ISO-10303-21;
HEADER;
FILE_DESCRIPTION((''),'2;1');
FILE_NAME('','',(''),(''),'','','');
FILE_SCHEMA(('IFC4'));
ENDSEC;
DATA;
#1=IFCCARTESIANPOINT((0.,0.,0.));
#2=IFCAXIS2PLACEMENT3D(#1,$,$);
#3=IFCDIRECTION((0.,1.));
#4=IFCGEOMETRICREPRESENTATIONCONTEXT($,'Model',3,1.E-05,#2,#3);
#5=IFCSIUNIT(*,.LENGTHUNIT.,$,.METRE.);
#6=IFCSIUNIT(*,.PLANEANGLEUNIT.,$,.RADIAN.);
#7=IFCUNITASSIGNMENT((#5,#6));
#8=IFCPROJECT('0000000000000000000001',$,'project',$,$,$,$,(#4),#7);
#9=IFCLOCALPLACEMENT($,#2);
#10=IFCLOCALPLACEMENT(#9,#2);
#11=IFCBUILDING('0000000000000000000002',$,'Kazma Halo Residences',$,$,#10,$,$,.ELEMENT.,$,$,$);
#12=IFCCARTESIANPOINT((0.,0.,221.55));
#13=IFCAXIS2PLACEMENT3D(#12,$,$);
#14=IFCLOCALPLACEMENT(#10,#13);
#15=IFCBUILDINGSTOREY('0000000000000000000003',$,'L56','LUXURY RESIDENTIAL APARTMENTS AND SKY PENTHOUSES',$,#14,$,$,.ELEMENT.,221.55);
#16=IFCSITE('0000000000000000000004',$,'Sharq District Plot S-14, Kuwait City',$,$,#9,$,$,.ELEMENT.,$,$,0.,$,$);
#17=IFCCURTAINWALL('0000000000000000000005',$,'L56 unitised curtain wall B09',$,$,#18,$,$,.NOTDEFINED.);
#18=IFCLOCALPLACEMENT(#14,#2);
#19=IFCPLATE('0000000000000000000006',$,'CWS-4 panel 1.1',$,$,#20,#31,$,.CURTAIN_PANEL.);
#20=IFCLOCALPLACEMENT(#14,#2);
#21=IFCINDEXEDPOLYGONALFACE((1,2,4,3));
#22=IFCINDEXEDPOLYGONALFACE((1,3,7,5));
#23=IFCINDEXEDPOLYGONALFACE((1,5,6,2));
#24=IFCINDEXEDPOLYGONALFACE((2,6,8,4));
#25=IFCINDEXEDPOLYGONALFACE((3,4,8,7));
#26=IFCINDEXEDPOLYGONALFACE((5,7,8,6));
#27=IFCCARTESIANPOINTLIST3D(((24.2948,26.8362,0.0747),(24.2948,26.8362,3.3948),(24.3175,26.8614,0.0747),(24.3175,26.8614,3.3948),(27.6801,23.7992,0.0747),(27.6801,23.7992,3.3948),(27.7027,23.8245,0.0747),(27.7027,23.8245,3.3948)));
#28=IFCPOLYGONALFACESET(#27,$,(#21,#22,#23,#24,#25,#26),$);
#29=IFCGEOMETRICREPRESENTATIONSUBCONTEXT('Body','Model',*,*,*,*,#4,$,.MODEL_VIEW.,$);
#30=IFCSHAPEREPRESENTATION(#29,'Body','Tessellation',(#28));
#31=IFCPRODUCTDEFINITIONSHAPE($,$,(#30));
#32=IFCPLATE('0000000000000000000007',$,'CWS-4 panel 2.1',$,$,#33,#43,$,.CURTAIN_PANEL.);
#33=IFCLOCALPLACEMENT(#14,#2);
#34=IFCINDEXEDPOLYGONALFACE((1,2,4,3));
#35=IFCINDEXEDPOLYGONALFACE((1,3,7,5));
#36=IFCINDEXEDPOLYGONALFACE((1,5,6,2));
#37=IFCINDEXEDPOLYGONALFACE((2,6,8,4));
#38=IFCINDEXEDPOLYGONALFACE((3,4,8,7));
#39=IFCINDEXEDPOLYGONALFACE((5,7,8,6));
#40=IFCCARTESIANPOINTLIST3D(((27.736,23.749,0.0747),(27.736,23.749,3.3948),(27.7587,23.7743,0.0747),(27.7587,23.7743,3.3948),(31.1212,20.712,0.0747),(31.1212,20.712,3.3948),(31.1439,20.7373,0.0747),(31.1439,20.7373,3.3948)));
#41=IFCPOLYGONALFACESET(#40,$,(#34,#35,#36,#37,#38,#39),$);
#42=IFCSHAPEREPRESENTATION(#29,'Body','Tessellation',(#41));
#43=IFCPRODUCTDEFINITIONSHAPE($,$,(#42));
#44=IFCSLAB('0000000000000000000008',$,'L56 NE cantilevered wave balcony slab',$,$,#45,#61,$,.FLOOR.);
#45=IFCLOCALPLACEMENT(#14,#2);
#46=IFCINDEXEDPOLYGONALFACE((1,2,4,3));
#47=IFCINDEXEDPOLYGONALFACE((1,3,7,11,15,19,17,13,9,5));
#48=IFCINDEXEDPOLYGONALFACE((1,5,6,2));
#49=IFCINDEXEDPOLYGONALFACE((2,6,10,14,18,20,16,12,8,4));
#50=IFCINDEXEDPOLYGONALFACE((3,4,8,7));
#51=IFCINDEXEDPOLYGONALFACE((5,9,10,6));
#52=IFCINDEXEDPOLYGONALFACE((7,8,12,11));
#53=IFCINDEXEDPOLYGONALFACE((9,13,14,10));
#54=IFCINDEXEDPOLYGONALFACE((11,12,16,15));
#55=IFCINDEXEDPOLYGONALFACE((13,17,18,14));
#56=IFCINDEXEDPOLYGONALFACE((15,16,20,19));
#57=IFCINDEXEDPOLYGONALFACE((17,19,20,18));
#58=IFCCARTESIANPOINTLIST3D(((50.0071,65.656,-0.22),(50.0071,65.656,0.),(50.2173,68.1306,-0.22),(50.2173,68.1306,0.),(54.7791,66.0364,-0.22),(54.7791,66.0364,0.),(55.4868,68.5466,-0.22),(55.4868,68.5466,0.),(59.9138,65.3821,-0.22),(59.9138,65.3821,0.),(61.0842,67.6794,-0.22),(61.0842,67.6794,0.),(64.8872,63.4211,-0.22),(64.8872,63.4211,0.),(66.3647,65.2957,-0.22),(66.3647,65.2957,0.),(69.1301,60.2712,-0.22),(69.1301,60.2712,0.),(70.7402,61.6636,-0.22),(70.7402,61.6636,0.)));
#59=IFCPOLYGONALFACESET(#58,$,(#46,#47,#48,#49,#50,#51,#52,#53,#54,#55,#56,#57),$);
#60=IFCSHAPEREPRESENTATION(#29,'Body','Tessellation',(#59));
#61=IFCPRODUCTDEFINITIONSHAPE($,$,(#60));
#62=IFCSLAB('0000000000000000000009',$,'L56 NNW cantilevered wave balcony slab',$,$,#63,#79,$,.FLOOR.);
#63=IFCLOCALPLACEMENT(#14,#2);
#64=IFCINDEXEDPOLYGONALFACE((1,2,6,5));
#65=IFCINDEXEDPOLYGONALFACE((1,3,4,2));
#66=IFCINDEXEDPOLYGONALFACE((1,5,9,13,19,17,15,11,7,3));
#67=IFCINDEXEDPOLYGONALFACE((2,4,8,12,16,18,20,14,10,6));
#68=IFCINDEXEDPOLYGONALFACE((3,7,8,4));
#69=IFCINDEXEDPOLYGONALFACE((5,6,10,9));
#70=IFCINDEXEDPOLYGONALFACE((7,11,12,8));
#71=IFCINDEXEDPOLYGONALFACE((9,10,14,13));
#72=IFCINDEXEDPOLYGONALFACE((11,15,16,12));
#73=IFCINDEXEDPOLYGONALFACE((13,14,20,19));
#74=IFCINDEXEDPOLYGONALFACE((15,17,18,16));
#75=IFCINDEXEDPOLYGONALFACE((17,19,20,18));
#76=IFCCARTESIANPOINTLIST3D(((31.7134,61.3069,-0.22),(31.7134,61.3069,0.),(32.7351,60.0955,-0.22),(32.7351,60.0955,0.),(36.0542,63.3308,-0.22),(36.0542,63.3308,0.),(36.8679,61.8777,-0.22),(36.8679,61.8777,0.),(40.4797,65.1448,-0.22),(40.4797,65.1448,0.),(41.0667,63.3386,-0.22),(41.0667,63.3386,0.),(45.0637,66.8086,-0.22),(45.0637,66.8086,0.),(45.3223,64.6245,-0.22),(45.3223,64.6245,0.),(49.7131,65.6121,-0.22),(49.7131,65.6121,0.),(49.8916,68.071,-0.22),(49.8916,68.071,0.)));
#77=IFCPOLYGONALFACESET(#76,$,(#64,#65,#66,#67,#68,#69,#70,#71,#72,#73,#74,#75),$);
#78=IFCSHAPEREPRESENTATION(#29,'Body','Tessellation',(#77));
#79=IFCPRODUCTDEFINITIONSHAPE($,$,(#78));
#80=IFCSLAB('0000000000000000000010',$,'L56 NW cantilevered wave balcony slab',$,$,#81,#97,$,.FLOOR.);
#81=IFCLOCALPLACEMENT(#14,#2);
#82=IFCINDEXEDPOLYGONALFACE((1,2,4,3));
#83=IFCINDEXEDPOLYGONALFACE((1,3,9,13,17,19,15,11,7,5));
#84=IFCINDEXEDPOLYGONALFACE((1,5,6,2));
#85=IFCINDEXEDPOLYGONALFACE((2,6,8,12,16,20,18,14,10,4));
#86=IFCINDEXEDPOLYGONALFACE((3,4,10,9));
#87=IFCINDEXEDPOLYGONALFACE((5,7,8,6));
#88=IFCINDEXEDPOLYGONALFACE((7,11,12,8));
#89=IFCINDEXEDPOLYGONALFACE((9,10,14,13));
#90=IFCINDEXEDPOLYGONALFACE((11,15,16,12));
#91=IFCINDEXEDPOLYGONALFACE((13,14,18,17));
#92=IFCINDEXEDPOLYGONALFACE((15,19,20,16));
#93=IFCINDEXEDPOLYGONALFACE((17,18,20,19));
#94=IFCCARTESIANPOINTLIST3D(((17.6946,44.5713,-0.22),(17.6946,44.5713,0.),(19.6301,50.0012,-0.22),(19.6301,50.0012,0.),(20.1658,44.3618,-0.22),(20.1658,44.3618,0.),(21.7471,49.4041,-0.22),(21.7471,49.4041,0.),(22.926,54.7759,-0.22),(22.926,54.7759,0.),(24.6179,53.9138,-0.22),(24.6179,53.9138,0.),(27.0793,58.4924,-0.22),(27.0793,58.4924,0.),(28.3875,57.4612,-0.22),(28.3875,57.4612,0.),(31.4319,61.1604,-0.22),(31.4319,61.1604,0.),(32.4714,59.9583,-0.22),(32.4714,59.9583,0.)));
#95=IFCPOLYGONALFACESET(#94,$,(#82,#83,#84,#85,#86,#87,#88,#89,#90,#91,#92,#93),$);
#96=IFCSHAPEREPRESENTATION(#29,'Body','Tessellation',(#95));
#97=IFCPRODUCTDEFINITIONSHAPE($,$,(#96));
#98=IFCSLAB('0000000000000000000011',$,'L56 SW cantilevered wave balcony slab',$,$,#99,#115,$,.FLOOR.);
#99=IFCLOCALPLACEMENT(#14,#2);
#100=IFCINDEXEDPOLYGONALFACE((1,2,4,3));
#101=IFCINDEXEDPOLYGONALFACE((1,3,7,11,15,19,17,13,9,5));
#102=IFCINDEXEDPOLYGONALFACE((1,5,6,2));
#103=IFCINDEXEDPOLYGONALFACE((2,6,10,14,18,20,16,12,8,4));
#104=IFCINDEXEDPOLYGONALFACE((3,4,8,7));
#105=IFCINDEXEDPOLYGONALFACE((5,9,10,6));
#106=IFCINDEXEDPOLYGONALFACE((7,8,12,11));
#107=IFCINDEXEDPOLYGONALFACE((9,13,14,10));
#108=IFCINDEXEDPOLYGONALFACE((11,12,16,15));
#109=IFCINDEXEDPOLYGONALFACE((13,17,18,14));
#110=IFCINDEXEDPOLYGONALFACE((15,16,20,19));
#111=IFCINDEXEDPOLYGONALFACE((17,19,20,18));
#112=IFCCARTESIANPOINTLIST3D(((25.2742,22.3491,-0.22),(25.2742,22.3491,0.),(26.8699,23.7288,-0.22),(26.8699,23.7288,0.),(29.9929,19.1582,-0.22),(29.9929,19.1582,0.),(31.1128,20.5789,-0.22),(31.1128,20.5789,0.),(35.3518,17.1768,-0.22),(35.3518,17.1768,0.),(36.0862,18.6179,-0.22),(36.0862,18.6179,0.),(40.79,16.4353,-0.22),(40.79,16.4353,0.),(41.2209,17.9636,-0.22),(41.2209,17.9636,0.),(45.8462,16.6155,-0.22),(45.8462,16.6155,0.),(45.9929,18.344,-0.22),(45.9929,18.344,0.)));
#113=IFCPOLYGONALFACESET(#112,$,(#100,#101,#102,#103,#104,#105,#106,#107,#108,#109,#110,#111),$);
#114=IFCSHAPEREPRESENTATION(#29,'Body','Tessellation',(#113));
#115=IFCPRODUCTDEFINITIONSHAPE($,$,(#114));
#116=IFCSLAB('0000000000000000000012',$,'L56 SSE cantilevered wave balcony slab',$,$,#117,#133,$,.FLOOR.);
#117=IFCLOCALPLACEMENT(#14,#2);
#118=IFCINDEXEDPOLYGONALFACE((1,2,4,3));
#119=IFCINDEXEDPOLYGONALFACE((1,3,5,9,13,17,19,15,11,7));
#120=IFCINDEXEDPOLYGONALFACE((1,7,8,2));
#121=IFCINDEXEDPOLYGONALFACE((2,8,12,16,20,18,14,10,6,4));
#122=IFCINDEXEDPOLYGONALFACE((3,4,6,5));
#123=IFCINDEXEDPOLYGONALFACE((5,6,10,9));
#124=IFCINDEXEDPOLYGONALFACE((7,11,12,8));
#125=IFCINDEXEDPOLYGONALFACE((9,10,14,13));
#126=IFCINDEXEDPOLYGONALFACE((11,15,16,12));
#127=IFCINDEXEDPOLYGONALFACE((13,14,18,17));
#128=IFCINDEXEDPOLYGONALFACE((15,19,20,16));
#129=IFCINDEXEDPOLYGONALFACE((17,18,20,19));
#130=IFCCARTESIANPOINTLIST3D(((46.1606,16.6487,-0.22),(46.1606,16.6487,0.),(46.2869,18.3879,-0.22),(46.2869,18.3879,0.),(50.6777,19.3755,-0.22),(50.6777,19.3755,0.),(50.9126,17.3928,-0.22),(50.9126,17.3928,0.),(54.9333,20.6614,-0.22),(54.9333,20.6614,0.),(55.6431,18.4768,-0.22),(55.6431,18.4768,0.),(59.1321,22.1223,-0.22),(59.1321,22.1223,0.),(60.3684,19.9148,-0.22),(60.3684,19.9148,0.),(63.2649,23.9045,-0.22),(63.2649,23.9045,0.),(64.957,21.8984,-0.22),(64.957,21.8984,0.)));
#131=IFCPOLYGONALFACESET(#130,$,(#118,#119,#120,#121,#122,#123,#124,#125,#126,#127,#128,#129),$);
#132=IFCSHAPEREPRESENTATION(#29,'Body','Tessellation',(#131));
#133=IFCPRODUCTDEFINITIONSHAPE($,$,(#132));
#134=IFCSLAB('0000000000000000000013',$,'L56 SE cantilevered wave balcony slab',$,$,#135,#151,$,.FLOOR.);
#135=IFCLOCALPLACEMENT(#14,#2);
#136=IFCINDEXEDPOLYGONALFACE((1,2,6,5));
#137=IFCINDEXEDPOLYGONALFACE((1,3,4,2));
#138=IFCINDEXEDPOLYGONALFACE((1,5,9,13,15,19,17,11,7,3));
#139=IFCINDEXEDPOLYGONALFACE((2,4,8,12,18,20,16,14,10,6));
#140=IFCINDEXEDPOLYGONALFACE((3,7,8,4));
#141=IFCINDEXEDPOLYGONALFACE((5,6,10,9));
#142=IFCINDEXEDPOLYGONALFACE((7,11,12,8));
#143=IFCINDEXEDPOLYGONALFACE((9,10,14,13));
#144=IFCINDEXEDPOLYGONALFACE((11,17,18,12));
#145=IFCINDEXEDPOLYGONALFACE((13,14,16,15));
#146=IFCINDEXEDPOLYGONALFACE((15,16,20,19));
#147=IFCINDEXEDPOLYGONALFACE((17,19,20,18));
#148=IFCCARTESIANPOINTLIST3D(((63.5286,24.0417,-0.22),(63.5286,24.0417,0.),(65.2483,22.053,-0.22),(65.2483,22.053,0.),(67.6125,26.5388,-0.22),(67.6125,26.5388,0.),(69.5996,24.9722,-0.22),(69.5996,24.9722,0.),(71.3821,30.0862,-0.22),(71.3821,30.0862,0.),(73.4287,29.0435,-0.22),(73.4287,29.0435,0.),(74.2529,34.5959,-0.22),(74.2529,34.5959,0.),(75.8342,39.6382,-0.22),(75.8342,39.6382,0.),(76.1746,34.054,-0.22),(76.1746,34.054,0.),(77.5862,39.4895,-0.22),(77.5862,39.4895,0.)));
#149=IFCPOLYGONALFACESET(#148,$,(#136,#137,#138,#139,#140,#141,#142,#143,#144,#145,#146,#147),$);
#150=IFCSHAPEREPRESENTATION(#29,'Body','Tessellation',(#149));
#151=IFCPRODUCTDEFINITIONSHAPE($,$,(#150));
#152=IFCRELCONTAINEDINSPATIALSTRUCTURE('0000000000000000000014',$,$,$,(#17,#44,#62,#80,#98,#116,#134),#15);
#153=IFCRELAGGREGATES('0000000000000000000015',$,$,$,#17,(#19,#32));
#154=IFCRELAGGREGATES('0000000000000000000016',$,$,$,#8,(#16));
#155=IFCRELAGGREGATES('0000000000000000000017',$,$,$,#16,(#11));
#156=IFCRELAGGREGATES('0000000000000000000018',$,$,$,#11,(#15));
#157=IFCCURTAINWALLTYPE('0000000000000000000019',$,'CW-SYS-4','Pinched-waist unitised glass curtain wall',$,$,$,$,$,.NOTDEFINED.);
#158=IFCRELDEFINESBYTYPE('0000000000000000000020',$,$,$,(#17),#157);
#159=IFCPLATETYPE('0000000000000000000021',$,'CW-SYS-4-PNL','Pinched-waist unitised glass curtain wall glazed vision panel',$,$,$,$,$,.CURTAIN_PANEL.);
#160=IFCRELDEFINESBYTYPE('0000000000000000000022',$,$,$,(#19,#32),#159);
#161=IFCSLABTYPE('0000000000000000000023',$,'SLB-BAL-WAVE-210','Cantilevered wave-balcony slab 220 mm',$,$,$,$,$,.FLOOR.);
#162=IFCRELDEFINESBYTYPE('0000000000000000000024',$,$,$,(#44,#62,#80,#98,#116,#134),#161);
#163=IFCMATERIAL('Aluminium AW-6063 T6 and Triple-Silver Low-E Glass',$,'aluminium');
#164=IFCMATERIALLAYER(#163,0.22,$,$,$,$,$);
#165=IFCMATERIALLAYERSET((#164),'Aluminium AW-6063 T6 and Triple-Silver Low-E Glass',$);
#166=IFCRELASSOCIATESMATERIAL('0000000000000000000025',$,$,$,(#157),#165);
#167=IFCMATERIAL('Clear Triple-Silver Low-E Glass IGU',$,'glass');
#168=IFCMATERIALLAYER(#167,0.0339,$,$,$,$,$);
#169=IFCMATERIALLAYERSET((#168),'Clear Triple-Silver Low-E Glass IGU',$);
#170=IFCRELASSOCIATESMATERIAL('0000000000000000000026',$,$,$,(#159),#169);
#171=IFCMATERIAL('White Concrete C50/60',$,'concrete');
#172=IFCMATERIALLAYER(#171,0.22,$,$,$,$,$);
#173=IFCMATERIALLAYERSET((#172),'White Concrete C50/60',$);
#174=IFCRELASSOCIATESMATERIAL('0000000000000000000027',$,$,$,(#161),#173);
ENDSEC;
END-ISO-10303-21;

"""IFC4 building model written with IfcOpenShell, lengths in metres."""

from ifc_helpers import new_model, si_unit, direction, frame, origin, origin_2d, place, context, subcontext, project, spatial, polyline, rectangle, outline, extrude, material, layer, layer_set, type_object, element, aggregate, save


model = new_model("IFC4")

# Units and contexts
model_context = context("Model", 3, precision=1e-05, world=origin(), true_north=direction((0.0, 1.0)))
body_context = subcontext(model_context, "Body", "Model", "MODEL_VIEW")
ifc_project = project(units=[si_unit("LENGTHUNIT", "METRE"), si_unit("PLANEANGLEUNIT", "RADIAN")], contexts=[model_context])

# Site, building, storey
site_placement = place(None, origin())
site = spatial("IfcSite", under=ifc_project, at=site_placement, Name="Sharq District Plot S-14, Kuwait City", CompositionType="ELEMENT", RefElevation=0.0)
building_placement = place(site_placement, origin())
building = spatial("IfcBuilding", under=site, at=building_placement, Name="Kazma Halo Residences", CompositionType="ELEMENT")
storey_placement = place(building_placement, frame((0.0, 0.0, 221.55)))
storey = spatial("IfcBuildingStorey", under=building, at=storey_placement, Name="L56", Description="LUXURY RESIDENTIAL APARTMENTS AND SKY PENTHOUSES", CompositionType="ELEMENT", Elevation=221.55)

# Curtain wall, plates
ifc_material_1 = material(Name="Aluminium AW-6063 T6 and Triple-Silver Low-E Glass", Category="aluminium")
ifc_layer_1 = layer(ifc_material_1, 0.22)
ifc_layer_set_1 = layer_set([ifc_layer_1], Name="Aluminium AW-6063 T6 and Triple-Silver Low-E Glass")
curtain_wall_type = type_object("IfcCurtainWallType", Name="CW-SYS-4", Description="Pinched-waist unitised glass curtain wall", PredefinedType="NOTDEFINED", material=ifc_layer_set_1)
curtain_wall_placement = place(storey_placement, origin())
curtain_wall = element("IfcCurtainWall", 1, at=curtain_wall_placement, inside=storey, type_object=curtain_wall_type, Name="L56 unitised curtain wall B09", PredefinedType="NOTDEFINED")
ifc_material_2 = material(Name="Clear Triple-Silver Low-E Glass IGU", Category="glass")
ifc_layer_2 = layer(ifc_material_2, 0.0339)
ifc_layer_set_2 = layer_set([ifc_layer_2], Name="Clear Triple-Silver Low-E Glass IGU")
plate_type = type_object("IfcPlateType", Name="CW-SYS-4-PNL", Description="Pinched-waist unitised glass curtain wall glazed vision panel", PredefinedType="CURTAIN_PANEL", material=ifc_layer_set_2)
plate_1_placement = place(storey_placement, frame((25.9988, 25.3303, 0.0747), z_axis=(0.0, 0.0, 1.0), x_axis=(0.744355, -0.667784, 0.0)))
plate_1 = element("IfcPlate", 2, at=plate_1_placement, type_object=plate_type, Name="CWS-4 panel 1.1", PredefinedType="CURTAIN_PANEL", context=body_context, shape_type="SweptSolid", body=[
    extrude(rectangle(XDim=4.5479, YDim=0.0339, at=origin_2d()), origin(), (0.0, 0.0, 1.0), 3.3201),
])
plate_2_placement = place(storey_placement, frame((29.4399, 22.2432, 0.0747), z_axis=(0.0, 0.0, 1.0), x_axis=(0.744355, -0.667784, 0.0)))
plate_2 = element("IfcPlate", 3, at=plate_2_placement, type_object=plate_type, Name="CWS-4 panel 2.1", PredefinedType="CURTAIN_PANEL", context=body_context, shape_type="SweptSolid", body=[
    extrude(rectangle(XDim=4.5479, YDim=0.0339, at=origin_2d()), origin(), (0.0, 0.0, 1.0), 3.3201),
])
aggregate(curtain_wall, [plate_1, plate_2])

# Slabs
ifc_material_3 = material(Name="White Concrete C50/60", Category="concrete")
ifc_layer_3 = layer(ifc_material_3, 0.22)
ifc_layer_set_3 = layer_set([ifc_layer_3], Name="White Concrete C50/60")
slab_type_1 = type_object("IfcSlabType", Name="SLB-BAL-WAVE-210", Description="Cantilevered wave-balcony slab 220 mm", PredefinedType="FLOOR", material=ifc_layer_set_3)
slab_1_placement = place(storey_placement, frame((0.0, 0.0, -0.22)))
element("IfcSlab", 4, at=slab_1_placement, inside=storey, type_object=slab_type_1, Name="L56 NE cantilevered wave balcony slab", PredefinedType="FLOOR", context=body_context, shape_type="SweptSolid", body=[
    extrude(outline(polyline([(69.1301, 60.2712), (64.8872, 63.4211), (59.9138, 65.3821), (54.7791, 66.0364), (50.0071, 65.656), (50.2173, 68.1306), (55.4868, 68.5466), (61.0842, 67.6794), (66.3647, 65.2957), (70.7402, 61.6636), (69.1301, 60.2712)])), origin(), (0.0, 0.0, 1.0), 0.22),
])
slab_2_placement = place(storey_placement, frame((0.0, 0.0, -0.22)))
element("IfcSlab", 5, at=slab_2_placement, inside=storey, type_object=slab_type_1, Name="L56 NNW cantilevered wave balcony slab", PredefinedType="FLOOR", context=body_context, shape_type="SweptSolid", body=[
    extrude(outline(polyline([(49.7131, 65.6121), (45.3223, 64.6245), (41.0667, 63.3386), (36.8679, 61.8777), (32.7351, 60.0955), (31.7134, 61.3069), (36.0542, 63.3308), (40.4797, 65.1448), (45.0637, 66.8086), (49.8916, 68.071), (49.7131, 65.6121)])), origin(), (0.0, 0.0, 1.0), 0.22),
])
slab_3_placement = place(storey_placement, frame((0.0, 0.0, -0.22)))
element("IfcSlab", 6, at=slab_3_placement, inside=storey, type_object=slab_type_1, Name="L56 NW cantilevered wave balcony slab", PredefinedType="FLOOR", context=body_context, shape_type="SweptSolid", body=[
    extrude(outline(polyline([(32.4714, 59.9583), (28.3875, 57.4612), (24.6179, 53.9138), (21.7471, 49.4041), (20.1658, 44.3618), (17.6946, 44.5713), (19.6301, 50.0012), (22.926, 54.7759), (27.0793, 58.4924), (31.4319, 61.1604), (32.4714, 59.9583)])), origin(), (0.0, 0.0, 1.0), 0.22),
])
slab_4_placement = place(storey_placement, frame((0.0, 0.0, -0.22)))
element("IfcSlab", 7, at=slab_4_placement, inside=storey, type_object=slab_type_1, Name="L56 SW cantilevered wave balcony slab", PredefinedType="FLOOR", context=body_context, shape_type="SweptSolid", body=[
    extrude(outline(polyline([(26.8699, 23.7288), (31.1128, 20.5789), (36.0862, 18.6179), (41.2209, 17.9636), (45.9929, 18.344), (45.8462, 16.6155), (40.79, 16.4353), (35.3518, 17.1768), (29.9929, 19.1582), (25.2742, 22.3491), (26.8699, 23.7288)])), origin(), (0.0, 0.0, 1.0), 0.22),
])
slab_5_placement = place(storey_placement, frame((0.0, 0.0, -0.22)))
element("IfcSlab", 8, at=slab_5_placement, inside=storey, type_object=slab_type_1, Name="L56 SSE cantilevered wave balcony slab", PredefinedType="FLOOR", context=body_context, shape_type="SweptSolid", body=[
    extrude(outline(polyline([(46.2869, 18.3879), (50.6777, 19.3755), (54.9333, 20.6614), (59.1321, 22.1223), (63.2649, 23.9045), (64.957, 21.8984), (60.3684, 19.9148), (55.6431, 18.4768), (50.9126, 17.3928), (46.1606, 16.6487), (46.2869, 18.3879)])), origin(), (0.0, 0.0, 1.0), 0.22),
])
slab_6_placement = place(storey_placement, frame((0.0, 0.0, -0.22)))
element("IfcSlab", 9, at=slab_6_placement, inside=storey, type_object=slab_type_1, Name="L56 SE cantilevered wave balcony slab", PredefinedType="FLOOR", context=body_context, shape_type="SweptSolid", body=[
    extrude(outline(polyline([(63.5286, 24.0417), (67.6125, 26.5388), (71.3821, 30.0862), (74.2529, 34.5959), (75.8342, 39.6382), (77.5862, 39.4895), (76.1746, 34.054), (73.4287, 29.0435), (69.5996, 24.9722), (65.2483, 22.053), (63.5286, 24.0417)])), origin(), (0.0, 0.0, 1.0), 0.22),
])

save(model, "model.ifc")
